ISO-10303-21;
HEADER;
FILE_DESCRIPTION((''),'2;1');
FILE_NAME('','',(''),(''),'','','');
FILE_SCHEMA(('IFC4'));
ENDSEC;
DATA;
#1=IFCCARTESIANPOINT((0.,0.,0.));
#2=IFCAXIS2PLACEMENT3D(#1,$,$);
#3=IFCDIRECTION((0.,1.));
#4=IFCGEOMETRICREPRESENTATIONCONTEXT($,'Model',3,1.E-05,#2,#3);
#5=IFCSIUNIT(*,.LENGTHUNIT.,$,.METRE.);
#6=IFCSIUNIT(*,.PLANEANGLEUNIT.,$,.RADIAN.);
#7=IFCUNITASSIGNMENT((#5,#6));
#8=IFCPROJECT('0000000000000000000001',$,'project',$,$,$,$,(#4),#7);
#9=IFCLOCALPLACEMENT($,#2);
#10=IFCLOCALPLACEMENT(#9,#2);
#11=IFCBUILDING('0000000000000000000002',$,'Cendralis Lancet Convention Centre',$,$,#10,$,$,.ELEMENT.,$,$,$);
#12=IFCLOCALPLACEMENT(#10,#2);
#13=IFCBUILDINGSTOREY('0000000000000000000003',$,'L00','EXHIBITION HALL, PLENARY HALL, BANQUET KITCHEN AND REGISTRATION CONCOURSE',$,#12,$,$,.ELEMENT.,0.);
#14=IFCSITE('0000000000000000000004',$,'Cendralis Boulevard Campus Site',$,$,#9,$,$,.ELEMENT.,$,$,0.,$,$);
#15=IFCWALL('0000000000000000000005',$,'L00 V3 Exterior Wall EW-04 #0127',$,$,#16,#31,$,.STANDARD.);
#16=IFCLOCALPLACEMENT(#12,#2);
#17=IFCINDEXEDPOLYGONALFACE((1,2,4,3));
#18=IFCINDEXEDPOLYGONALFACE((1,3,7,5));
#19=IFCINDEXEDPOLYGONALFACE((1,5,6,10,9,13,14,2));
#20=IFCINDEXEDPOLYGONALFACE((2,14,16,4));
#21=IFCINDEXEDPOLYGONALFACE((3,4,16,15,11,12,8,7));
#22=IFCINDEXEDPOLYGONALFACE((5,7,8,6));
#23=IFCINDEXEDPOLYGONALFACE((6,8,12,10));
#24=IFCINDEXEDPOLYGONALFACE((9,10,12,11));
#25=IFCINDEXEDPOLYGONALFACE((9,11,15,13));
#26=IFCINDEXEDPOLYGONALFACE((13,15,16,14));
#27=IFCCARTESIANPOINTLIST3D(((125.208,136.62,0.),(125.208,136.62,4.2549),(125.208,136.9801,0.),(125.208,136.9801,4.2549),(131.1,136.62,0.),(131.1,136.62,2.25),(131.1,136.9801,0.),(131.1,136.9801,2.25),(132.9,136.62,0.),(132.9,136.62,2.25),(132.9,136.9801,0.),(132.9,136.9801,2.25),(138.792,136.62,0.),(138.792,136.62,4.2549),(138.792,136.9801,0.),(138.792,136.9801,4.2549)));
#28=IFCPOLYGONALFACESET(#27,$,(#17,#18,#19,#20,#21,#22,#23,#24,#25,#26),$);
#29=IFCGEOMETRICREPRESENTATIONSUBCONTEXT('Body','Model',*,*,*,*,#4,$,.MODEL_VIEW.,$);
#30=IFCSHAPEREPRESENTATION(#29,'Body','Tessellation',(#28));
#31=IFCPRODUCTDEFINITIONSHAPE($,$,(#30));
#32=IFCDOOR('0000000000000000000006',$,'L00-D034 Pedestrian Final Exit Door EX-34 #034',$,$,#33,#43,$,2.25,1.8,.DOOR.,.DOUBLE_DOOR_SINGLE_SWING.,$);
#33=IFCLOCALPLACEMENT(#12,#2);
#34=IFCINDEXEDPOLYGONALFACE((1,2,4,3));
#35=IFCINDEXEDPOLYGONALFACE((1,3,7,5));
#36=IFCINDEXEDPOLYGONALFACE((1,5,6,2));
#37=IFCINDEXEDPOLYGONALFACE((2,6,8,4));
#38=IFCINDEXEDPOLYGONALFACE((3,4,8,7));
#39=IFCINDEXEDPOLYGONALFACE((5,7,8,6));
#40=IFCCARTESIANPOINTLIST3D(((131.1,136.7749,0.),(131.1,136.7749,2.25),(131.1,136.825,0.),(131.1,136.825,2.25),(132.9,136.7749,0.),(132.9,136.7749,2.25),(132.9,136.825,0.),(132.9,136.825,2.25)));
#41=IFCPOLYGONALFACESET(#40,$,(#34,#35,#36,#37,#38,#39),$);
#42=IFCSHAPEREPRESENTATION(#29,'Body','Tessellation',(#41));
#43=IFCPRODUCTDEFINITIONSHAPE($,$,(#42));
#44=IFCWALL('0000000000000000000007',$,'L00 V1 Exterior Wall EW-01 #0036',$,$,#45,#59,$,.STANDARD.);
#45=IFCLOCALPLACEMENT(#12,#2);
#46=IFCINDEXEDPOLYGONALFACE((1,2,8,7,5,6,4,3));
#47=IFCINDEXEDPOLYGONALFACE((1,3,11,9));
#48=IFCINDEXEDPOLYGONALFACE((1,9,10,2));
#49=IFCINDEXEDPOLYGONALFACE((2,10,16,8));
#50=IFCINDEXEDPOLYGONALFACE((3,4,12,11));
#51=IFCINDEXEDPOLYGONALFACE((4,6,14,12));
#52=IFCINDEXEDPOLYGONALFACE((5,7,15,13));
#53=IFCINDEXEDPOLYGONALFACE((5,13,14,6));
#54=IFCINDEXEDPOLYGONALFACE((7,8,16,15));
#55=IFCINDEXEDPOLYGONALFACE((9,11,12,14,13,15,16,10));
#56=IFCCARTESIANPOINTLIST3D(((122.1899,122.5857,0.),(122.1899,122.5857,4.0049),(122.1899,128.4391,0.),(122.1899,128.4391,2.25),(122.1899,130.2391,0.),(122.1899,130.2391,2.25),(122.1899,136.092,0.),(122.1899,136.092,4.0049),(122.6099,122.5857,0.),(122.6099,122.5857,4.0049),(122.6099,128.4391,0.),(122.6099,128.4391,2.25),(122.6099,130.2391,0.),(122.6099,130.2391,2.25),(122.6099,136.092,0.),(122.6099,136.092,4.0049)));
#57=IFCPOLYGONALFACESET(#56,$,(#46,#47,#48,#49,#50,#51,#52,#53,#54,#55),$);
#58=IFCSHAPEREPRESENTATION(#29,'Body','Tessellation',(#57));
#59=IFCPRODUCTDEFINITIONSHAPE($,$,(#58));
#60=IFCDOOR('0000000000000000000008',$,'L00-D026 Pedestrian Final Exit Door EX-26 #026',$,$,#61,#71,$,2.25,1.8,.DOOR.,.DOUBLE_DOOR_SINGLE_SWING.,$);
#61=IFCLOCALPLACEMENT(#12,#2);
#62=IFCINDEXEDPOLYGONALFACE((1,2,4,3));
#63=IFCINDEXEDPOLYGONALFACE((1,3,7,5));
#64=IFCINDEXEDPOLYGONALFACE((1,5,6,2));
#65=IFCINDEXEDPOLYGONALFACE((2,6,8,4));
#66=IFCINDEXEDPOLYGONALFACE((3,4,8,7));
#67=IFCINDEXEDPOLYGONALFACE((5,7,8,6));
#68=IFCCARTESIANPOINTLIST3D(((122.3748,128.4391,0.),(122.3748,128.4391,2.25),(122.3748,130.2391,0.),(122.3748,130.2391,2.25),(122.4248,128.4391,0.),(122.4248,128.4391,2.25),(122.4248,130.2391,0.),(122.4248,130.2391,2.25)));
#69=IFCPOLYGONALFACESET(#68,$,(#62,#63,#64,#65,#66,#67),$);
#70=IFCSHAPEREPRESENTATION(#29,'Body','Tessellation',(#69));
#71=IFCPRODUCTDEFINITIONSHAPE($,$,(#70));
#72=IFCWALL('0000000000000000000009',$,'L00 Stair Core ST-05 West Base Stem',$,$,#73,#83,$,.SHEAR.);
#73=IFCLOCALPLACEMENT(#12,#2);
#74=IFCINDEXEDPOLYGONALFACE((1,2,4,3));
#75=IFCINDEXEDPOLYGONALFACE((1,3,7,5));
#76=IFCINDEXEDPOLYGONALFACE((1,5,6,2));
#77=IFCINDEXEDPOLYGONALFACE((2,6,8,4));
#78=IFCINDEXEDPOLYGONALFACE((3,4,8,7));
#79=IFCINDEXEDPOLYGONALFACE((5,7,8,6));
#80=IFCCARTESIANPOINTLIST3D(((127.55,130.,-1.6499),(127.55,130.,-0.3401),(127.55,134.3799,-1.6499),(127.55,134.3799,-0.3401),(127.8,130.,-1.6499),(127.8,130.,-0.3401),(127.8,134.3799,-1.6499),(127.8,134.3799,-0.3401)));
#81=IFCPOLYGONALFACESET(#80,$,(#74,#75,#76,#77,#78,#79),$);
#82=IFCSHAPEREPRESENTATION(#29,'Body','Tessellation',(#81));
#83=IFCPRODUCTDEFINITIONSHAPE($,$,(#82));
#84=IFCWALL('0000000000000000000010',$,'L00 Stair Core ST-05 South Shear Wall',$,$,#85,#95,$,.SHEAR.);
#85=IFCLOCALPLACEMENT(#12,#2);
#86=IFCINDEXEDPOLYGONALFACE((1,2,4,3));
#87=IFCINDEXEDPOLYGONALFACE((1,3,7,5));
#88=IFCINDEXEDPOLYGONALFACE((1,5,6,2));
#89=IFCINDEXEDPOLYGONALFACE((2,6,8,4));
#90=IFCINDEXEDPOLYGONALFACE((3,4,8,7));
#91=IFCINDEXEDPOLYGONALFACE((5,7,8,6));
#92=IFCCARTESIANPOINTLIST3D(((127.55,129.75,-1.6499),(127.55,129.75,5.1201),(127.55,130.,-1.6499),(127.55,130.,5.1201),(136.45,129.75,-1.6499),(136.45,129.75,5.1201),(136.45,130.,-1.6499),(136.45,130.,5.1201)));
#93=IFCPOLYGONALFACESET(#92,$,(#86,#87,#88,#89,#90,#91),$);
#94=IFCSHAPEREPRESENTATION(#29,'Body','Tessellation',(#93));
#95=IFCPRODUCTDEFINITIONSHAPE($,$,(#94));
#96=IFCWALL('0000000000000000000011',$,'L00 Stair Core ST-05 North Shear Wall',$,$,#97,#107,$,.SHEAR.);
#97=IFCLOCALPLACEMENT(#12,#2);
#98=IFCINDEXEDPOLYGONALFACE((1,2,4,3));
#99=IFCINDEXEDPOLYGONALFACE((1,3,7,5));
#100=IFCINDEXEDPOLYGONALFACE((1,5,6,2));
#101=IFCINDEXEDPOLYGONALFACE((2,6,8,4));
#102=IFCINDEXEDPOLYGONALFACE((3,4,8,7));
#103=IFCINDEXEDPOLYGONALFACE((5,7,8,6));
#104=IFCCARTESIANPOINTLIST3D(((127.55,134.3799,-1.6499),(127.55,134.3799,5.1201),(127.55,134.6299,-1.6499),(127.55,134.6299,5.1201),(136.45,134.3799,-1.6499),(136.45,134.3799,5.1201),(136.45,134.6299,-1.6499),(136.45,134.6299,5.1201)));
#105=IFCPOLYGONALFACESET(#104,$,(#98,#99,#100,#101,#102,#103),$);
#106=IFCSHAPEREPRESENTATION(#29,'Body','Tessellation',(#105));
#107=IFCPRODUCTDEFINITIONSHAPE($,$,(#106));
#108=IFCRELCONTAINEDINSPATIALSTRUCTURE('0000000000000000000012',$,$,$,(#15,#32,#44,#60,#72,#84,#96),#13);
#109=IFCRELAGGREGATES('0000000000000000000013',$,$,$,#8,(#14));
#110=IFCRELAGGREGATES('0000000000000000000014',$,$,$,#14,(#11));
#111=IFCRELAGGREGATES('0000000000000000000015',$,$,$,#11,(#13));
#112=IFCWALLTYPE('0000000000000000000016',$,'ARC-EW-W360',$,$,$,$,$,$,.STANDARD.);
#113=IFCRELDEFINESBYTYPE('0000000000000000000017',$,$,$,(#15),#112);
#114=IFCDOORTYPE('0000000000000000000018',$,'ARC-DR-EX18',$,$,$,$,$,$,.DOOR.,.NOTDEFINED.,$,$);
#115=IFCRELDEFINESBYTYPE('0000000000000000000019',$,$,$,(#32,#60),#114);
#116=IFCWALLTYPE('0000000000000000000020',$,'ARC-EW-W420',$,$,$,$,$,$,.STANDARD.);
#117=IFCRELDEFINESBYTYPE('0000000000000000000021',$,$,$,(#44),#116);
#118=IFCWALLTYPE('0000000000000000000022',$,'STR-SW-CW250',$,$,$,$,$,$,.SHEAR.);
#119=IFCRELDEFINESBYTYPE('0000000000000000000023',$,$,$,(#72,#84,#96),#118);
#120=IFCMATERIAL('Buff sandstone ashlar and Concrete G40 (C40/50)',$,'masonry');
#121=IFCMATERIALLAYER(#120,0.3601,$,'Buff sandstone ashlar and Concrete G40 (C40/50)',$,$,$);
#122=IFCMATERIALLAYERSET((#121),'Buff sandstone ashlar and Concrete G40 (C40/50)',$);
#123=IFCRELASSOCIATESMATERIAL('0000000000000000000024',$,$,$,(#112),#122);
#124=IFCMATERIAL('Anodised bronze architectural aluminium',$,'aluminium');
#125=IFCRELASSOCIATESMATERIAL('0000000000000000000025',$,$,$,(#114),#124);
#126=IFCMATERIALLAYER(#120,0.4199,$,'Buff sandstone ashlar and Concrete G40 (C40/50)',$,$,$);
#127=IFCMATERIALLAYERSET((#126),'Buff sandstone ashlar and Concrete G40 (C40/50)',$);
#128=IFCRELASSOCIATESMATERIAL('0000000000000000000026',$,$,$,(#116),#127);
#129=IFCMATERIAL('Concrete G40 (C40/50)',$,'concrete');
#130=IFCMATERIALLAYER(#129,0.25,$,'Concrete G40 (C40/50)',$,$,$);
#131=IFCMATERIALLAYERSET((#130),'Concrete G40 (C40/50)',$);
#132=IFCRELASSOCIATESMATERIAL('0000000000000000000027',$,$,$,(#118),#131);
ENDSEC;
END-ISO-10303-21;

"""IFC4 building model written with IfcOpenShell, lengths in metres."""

from ifc_helpers import new_model, si_unit, direction, frame, frame_2d, origin, place, context, subcontext, project, spatial, rectangle, extrude, material, layer, layer_set, type_object, element, fill, save


model = new_model("IFC4")

# Units and contexts
model_context = context("Model", 3, precision=1e-05, world=origin(), true_north=direction((0.0, 1.0)))
body_context = subcontext(model_context, "Body", "Model", "MODEL_VIEW")
ifc_project = project(units=[si_unit("LENGTHUNIT", "METRE"), si_unit("PLANEANGLEUNIT", "RADIAN")], contexts=[model_context])

# Site, building, storey
site_placement = place(None, origin())
site = spatial("IfcSite", under=ifc_project, at=site_placement, Name="Cendralis Boulevard Campus Site", CompositionType="ELEMENT", RefElevation=0.0)
building_placement = place(site_placement, origin())
building = spatial("IfcBuilding", under=site, at=building_placement, Name="Cendralis Lancet Convention Centre", CompositionType="ELEMENT")
storey_placement = place(building_placement, origin())
storey = spatial("IfcBuildingStorey", under=building, at=storey_placement, Name="L00", Description="EXHIBITION HALL, PLENARY HALL, BANQUET KITCHEN AND REGISTRATION CONCOURSE", CompositionType="ELEMENT", Elevation=0.0)

# Shared definitions
ifc_material_1 = material(Name="Concrete G40 (C40/50)", Category="concrete")

# Shared definitions
ifc_material_2 = material(Name="Anodised bronze architectural aluminium", Category="aluminium")

# Walls, openings, doors
ifc_material_3 = material(Name="Buff sandstone ashlar and Concrete G40 (C40/50)", Category="masonry")
ifc_layer_1 = layer(ifc_material_3, 0.3601, Name="Buff sandstone ashlar and Concrete G40 (C40/50)")
ifc_layer_set_1 = layer_set([ifc_layer_1], Name="Buff sandstone ashlar and Concrete G40 (C40/50)")
wall_type_1 = type_object("IfcWallType", Name="ARC-EW-W360", PredefinedType="STANDARD", material=ifc_layer_set_1)
wall_1_placement = place(storey_placement, frame((125.208, 136.8, 0.0), z_axis=(0.0, 0.0, 1.0), x_axis=(1.0, 0.0, 0.0)))
wall_1 = element("IfcWall", 1, at=wall_1_placement, inside=storey, type_object=wall_type_1, Name="L00 V3 Exterior Wall EW-04 #0127", PredefinedType="STANDARD", context=body_context, shape_type="SweptSolid", body=[
    extrude(rectangle(XDim=13.584, YDim=0.3601, at=frame_2d((6.792, 0.0))), origin(), (0.0, 0.0, 1.0), 4.2549),
])
opening_1_placement = place(wall_1_placement, frame((5.8921, 0.0, 0.0)))
opening_1 = element("IfcOpeningElement", 2, at=opening_1_placement, cuts=wall_1, PredefinedType="OPENING", context=body_context, shape_type="SweptSolid", body=[
    extrude(rectangle(XDim=1.8, YDim=2.25, at=frame_2d((0.8999, 1.125))), frame((0.0, 0.1899, 0.0), z_axis=(0.0, -1.0, 0.0), x_axis=(1.0, 0.0, 0.0)), (0.0, 0.0, 1.0), 0.3801),
])
door_type_1 = type_object("IfcDoorType", Name="ARC-DR-EX18", OperationType="NOTDEFINED", PredefinedType="DOOR", material=ifc_material_2)
door_1_placement = place(opening_1_placement, origin())
door_1 = element("IfcDoor", 3, at=door_1_placement, inside=storey, type_object=door_type_1, Name="L00-D034 Pedestrian Final Exit Door EX-34 #034", OperationType="DOUBLE_DOOR_SINGLE_SWING", OverallHeight=2.25, OverallWidth=1.8, PredefinedType="DOOR", context=body_context, shape_type="SweptSolid", body=[
    extrude(rectangle(XDim=1.8, YDim=2.25, at=frame_2d((0.8999, 1.125))), frame((0.0, 0.0249, 0.0), z_axis=(0.0, -1.0, 0.0), x_axis=(1.0, 0.0, 0.0)), (0.0, 0.0, 1.0), 0.05),
])
fill(opening_1, door_1)
ifc_layer_2 = layer(ifc_material_3, 0.4199, Name="Buff sandstone ashlar and Concrete G40 (C40/50)")
ifc_layer_set_2 = layer_set([ifc_layer_2], Name="Buff sandstone ashlar and Concrete G40 (C40/50)")
wall_type_2 = type_object("IfcWallType", Name="ARC-EW-W420", PredefinedType="STANDARD", material=ifc_layer_set_2)
wall_2_placement = place(storey_placement, frame((122.3999, 136.092, 0.0), z_axis=(0.0, 0.0, 1.0), x_axis=(0.0, -1.0, 0.0)))
wall_2 = element("IfcWall", 4, at=wall_2_placement, inside=storey, type_object=wall_type_2, Name="L00 V1 Exterior Wall EW-01 #0036", PredefinedType="STANDARD", context=body_context, shape_type="SweptSolid", body=[
    extrude(rectangle(XDim=13.5063, YDim=0.4199, at=frame_2d((6.7532, 0.0))), origin(), (0.0, 0.0, 1.0), 4.0049),
])
opening_2_placement = place(wall_2_placement, frame((5.853, 0.0, 0.0)))
opening_2 = element("IfcOpeningElement", 5, at=opening_2_placement, cuts=wall_2, PredefinedType="OPENING", context=body_context, shape_type="SweptSolid", body=[
    extrude(rectangle(XDim=1.8, YDim=2.25, at=frame_2d((0.8999, 1.125))), frame((0.0, 0.22, 0.0), z_axis=(0.0, -1.0, 0.0), x_axis=(1.0, 0.0, 0.0)), (0.0, 0.0, 1.0), 0.4399),
])
door_2_placement = place(opening_2_placement, origin())
door_2 = element("IfcDoor", 6, at=door_2_placement, inside=storey, type_object=door_type_1, Name="L00-D026 Pedestrian Final Exit Door EX-26 #026", OperationType="DOUBLE_DOOR_SINGLE_SWING", OverallHeight=2.25, OverallWidth=1.8, PredefinedType="DOOR", context=body_context, shape_type="SweptSolid", body=[
    extrude(rectangle(XDim=1.8, YDim=2.25, at=frame_2d((0.8999, 1.125))), frame((0.0, 0.0249, 0.0), z_axis=(0.0, -1.0, 0.0), x_axis=(1.0, 0.0, 0.0)), (0.0, 0.0, 1.0), 0.05),
])
fill(opening_2, door_2)

# Wall
ifc_layer_3 = layer(ifc_material_1, 0.25, Name="Concrete G40 (C40/50)")
ifc_layer_set_3 = layer_set([ifc_layer_3], Name="Concrete G40 (C40/50)")
wall_type_3 = type_object("IfcWallType", Name="STR-SW-CW250", PredefinedType="SHEAR", material=ifc_layer_set_3)
wall_3_placement = place(storey_placement, frame((127.675, 130.0, -1.6499), z_axis=(0.0, 0.0, 1.0), x_axis=(0.0, 1.0, 0.0)))
element("IfcWall", 7, at=wall_3_placement, inside=storey, type_object=wall_type_3, Name="L00 Stair Core ST-05 West Base Stem", PredefinedType="SHEAR", context=body_context, shape_type="SweptSolid", body=[
    extrude(rectangle(XDim=4.3799, YDim=0.25, at=frame_2d((2.1899, 0.0))), origin(), (0.0, 0.0, 1.0), 1.3098),
])

# Walls
for number, where, z_axis, x_axis, name in (
    (8, (127.55, 129.875, -1.6499), (0.0, 0.0, 1.0), (1.0, 0.0, 0.0), "L00 Stair Core ST-05 South Shear Wall"),
    (9, (127.55, 134.5049, -1.6499), (0.0, 0.0, 1.0), (1.0, 0.0, 0.0), "L00 Stair Core ST-05 North Shear Wall"),
):
    element("IfcWall", number, at=place(storey_placement, frame(where, z_axis=z_axis, x_axis=x_axis)), inside=storey, type_object=wall_type_3, Name=name, PredefinedType="SHEAR", context=body_context, shape_type="SweptSolid", body=[
        extrude(rectangle(XDim=8.8999, YDim=0.25, at=frame_2d((4.45, 0.0))), origin(), (0.0, 0.0, 1.0), 6.77),
    ])

save(model, "model.ifc")
